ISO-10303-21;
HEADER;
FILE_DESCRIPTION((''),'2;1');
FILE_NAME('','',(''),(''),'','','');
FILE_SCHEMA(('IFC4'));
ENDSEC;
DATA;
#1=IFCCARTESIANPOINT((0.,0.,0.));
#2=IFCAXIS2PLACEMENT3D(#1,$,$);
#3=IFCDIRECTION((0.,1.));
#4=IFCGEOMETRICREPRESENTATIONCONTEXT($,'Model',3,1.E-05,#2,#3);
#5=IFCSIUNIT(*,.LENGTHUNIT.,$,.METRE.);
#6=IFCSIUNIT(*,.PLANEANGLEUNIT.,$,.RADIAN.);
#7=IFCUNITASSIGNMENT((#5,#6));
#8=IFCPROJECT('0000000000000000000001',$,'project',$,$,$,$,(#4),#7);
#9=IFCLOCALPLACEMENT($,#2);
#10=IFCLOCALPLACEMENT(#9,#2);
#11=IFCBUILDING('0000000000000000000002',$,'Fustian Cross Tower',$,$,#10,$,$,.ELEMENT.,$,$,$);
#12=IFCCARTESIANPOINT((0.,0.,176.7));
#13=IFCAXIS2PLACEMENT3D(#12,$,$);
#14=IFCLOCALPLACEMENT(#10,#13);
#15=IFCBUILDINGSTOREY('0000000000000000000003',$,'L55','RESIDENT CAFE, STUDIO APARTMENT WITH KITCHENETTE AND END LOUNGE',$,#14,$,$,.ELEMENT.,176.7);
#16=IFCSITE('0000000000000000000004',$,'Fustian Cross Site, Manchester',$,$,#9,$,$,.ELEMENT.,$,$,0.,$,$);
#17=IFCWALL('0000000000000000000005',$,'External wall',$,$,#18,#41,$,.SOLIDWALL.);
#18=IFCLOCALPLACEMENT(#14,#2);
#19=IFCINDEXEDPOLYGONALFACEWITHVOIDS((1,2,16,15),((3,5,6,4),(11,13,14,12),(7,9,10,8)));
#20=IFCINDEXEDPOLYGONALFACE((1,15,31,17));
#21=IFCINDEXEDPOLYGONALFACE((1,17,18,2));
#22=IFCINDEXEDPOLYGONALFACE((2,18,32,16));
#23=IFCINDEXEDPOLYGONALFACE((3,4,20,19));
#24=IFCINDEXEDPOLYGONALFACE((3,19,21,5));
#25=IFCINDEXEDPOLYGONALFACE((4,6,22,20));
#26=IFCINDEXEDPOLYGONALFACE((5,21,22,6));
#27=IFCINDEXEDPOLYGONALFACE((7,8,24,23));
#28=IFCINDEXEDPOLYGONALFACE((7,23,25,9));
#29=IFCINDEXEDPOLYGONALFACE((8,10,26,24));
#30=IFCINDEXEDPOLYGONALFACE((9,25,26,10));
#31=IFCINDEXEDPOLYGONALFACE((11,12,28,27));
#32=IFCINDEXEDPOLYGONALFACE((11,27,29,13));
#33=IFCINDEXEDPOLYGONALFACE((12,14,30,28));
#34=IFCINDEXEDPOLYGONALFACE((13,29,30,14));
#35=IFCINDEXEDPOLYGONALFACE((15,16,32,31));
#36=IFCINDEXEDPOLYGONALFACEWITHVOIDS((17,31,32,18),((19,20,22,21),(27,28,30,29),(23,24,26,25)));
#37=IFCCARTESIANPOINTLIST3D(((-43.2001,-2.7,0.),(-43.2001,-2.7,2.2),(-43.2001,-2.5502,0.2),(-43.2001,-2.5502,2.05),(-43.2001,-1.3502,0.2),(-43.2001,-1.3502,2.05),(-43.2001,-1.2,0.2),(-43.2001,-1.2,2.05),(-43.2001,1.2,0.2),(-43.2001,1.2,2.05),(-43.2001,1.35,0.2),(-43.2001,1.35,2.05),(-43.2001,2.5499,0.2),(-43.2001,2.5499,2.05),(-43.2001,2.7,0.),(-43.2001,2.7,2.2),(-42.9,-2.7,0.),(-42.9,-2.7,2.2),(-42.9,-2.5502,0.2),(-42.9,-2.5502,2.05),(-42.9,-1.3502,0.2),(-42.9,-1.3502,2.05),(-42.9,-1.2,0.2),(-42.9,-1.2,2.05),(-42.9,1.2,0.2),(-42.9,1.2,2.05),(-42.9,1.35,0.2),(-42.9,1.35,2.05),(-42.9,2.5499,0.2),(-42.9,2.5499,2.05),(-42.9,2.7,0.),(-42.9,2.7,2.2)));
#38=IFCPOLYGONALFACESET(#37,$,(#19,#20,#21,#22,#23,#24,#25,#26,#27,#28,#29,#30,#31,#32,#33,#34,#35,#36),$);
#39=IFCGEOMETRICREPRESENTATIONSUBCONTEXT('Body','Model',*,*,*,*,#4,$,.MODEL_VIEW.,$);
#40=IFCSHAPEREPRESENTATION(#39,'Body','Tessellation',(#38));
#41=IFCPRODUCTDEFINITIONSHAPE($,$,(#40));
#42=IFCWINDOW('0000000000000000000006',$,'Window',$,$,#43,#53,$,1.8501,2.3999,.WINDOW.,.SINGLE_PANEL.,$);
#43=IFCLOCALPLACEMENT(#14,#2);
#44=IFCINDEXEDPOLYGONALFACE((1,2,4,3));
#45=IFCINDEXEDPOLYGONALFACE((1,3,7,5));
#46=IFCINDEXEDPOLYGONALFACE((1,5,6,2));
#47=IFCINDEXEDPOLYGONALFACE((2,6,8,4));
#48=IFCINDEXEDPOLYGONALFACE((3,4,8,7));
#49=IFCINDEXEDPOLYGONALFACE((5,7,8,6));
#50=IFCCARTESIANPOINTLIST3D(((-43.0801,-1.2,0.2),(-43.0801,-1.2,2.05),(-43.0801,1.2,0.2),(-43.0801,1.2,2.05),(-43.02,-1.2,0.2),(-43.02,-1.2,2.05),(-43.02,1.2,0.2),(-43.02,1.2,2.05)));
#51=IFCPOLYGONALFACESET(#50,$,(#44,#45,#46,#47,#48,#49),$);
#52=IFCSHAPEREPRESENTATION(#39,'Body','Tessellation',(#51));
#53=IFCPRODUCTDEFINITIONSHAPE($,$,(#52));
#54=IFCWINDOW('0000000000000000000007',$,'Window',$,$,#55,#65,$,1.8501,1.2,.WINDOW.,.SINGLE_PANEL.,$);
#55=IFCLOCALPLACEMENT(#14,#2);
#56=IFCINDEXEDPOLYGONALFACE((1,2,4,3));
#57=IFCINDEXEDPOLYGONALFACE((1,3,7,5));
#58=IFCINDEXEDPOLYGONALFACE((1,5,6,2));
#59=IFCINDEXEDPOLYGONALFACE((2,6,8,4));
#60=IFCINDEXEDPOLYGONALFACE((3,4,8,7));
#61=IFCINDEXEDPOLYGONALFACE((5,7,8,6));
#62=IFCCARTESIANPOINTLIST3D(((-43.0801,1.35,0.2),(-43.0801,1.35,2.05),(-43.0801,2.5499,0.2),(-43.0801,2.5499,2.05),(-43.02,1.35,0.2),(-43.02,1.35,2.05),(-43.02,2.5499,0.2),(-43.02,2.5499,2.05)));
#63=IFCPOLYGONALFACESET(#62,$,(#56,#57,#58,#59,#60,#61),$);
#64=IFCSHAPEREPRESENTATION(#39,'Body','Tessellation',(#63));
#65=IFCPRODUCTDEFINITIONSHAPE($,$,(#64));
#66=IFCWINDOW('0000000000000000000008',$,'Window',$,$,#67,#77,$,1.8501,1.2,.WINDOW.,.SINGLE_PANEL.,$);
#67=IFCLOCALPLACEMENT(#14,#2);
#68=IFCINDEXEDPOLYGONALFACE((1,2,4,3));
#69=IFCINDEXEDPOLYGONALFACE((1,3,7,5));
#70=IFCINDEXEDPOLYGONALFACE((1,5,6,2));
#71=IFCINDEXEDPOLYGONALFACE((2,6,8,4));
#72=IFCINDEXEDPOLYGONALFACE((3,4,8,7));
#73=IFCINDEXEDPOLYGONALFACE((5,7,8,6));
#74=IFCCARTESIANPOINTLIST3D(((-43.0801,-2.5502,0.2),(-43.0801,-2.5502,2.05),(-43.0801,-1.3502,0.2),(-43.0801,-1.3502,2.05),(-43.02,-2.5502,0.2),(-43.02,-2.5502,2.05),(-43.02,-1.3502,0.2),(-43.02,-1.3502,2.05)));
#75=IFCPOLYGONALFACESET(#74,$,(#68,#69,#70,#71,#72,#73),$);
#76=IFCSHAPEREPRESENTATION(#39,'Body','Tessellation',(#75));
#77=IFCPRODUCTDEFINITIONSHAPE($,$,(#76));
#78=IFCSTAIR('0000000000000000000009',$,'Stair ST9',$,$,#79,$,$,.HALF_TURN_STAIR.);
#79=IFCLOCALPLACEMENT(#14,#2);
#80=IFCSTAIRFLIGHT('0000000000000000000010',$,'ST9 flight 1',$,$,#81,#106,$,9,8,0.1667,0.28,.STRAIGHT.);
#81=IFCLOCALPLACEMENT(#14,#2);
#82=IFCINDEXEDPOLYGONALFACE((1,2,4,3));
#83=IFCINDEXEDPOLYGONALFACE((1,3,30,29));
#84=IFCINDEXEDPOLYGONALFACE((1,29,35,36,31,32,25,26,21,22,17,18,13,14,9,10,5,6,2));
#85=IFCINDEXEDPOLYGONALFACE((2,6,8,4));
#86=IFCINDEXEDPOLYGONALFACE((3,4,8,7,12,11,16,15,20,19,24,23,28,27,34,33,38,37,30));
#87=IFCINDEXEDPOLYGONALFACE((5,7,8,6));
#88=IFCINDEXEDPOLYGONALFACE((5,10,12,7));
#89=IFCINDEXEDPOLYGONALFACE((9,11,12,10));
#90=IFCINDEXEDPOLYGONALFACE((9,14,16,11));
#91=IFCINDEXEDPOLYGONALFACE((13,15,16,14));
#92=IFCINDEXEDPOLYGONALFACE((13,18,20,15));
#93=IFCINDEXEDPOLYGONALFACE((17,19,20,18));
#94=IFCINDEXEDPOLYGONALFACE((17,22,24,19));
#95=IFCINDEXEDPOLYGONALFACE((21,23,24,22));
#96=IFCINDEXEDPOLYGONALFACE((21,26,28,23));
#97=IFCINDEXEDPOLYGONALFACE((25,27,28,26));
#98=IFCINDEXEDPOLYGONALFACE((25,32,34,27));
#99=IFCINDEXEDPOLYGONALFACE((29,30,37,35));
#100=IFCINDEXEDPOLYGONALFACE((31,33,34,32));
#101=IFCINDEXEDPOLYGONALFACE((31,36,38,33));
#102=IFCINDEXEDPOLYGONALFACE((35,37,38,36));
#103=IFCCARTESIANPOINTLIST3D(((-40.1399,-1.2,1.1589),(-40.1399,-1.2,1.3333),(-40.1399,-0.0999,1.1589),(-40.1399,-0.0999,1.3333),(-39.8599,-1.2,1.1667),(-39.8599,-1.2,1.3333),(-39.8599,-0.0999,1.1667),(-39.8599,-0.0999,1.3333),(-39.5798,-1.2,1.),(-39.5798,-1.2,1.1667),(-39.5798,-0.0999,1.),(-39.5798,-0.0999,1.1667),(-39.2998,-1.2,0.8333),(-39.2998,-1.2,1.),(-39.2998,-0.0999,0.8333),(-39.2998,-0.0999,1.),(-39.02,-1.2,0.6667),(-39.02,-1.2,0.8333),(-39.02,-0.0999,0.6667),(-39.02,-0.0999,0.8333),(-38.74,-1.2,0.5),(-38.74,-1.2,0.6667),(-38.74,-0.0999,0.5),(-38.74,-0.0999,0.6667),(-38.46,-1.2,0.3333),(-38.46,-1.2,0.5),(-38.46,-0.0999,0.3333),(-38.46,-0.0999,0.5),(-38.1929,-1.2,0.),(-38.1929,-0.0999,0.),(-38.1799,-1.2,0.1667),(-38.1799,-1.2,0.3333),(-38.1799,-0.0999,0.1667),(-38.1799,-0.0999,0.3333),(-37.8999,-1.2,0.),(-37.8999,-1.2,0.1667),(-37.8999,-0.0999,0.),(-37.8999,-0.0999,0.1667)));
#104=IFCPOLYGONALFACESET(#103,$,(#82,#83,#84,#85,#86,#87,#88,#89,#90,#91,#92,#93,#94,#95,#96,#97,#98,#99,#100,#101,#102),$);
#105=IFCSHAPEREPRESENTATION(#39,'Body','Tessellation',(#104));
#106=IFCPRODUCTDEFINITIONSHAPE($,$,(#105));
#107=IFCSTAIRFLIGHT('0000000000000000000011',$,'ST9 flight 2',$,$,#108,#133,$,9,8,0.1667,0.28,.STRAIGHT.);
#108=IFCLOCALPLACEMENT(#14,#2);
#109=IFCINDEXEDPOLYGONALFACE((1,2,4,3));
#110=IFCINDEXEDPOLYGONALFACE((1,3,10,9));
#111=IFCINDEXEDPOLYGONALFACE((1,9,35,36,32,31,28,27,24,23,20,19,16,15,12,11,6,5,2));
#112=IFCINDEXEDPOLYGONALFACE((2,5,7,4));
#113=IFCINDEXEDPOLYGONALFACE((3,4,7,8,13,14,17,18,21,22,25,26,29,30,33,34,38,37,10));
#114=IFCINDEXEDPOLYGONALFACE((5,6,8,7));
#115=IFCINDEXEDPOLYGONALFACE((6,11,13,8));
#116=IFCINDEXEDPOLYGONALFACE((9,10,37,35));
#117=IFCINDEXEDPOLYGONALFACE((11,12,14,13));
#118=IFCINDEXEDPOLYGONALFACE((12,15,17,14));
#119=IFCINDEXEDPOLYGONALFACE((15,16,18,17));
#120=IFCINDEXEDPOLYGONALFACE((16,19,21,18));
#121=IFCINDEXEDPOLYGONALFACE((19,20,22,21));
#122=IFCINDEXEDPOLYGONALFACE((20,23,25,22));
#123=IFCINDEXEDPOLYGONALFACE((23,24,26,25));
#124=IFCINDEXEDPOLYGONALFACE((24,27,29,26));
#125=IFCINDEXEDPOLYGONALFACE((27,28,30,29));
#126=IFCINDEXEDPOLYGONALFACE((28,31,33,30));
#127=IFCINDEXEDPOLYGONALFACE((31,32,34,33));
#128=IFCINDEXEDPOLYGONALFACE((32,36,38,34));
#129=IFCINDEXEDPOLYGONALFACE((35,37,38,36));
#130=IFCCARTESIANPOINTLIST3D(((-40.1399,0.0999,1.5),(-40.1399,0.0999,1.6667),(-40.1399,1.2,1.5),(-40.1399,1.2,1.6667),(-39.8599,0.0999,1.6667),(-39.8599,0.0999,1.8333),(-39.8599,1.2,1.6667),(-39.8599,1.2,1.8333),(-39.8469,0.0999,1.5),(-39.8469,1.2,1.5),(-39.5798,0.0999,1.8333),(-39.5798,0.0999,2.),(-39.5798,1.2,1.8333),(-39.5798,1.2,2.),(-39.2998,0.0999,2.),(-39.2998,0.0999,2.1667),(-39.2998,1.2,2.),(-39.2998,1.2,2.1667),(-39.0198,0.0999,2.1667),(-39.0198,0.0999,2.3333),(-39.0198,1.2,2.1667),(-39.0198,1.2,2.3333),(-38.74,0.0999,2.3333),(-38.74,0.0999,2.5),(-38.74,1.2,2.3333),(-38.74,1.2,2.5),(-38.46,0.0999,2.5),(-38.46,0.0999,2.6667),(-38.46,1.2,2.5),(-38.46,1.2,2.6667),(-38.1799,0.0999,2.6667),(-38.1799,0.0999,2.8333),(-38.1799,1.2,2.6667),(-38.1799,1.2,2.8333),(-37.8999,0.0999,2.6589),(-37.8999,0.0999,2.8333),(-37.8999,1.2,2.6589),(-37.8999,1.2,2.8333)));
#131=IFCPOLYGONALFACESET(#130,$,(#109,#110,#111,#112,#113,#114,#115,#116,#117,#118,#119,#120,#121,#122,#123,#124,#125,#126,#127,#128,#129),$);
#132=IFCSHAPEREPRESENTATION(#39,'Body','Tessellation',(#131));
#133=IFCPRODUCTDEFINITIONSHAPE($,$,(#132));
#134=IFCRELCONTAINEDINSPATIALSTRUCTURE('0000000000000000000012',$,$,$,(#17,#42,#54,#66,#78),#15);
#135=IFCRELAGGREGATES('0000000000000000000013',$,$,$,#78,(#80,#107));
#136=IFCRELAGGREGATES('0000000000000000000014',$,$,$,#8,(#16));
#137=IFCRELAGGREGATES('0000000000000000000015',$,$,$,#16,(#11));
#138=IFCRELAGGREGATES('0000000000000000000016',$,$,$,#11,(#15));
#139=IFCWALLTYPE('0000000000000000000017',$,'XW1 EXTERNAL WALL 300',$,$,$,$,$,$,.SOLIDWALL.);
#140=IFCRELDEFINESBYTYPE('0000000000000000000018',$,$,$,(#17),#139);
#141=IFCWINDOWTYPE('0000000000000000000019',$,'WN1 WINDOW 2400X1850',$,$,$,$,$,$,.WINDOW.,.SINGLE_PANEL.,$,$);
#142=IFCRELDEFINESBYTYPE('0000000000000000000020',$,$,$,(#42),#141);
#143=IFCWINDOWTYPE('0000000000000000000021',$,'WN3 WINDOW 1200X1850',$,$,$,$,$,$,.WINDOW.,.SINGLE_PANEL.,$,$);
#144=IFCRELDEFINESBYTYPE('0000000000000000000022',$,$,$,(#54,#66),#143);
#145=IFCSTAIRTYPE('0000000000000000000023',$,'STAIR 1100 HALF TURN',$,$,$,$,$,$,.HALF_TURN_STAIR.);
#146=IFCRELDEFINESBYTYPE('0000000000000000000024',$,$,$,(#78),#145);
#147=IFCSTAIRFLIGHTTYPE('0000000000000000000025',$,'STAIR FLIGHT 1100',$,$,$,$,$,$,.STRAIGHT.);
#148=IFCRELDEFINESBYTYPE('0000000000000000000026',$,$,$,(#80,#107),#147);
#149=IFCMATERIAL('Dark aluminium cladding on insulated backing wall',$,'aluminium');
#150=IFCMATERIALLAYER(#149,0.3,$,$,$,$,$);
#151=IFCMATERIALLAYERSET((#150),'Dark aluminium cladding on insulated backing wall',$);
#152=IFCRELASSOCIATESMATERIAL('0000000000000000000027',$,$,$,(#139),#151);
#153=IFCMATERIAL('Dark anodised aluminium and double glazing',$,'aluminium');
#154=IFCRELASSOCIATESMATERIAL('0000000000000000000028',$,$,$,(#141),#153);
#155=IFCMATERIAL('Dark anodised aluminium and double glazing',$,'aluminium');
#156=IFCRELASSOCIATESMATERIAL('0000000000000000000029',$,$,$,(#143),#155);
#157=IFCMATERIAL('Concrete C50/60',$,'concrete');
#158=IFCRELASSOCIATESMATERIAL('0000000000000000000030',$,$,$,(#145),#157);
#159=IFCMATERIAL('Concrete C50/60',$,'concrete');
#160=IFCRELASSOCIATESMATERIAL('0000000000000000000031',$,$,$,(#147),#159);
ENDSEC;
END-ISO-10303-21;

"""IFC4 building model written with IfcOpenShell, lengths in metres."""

from ifc_helpers import new_model, si_unit, direction, frame, frame_2d, origin, place, context, subcontext, project, spatial, polyline, rectangle, outline, extrude, material, layer, layer_set, type_object, element, fill, aggregate, save


model = new_model("IFC4")

# Units and contexts
model_context = context("Model", 3, precision=1e-05, world=origin(), true_north=direction((0.0, 1.0)))
body_context = subcontext(model_context, "Body", "Model", "MODEL_VIEW")
ifc_project = project(units=[si_unit("LENGTHUNIT", "METRE"), si_unit("PLANEANGLEUNIT", "RADIAN")], contexts=[model_context])

# Site, building, storey
site_placement = place(None, origin())
site = spatial("IfcSite", under=ifc_project, at=site_placement, Name="Fustian Cross Site, Manchester", CompositionType="ELEMENT", RefElevation=0.0)
building_placement = place(site_placement, origin())
building = spatial("IfcBuilding", under=site, at=building_placement, Name="Fustian Cross Tower", CompositionType="ELEMENT")
storey_placement = place(building_placement, frame((0.0, 0.0, 176.7)))
storey = spatial("IfcBuildingStorey", under=building, at=storey_placement, Name="L55", Description="RESIDENT CAFE, STUDIO APARTMENT WITH KITCHENETTE AND END LOUNGE", CompositionType="ELEMENT", Elevation=176.7)

# Wall, openings, windows
ifc_material_1 = material(Name="Dark aluminium cladding on insulated backing wall", Category="aluminium")
ifc_layer_1 = layer(ifc_material_1, 0.3)
ifc_layer_set_1 = layer_set([ifc_layer_1], Name="Dark aluminium cladding on insulated backing wall")
wall_type_1 = type_object("IfcWallType", Name="XW1 EXTERNAL WALL 300", PredefinedType="SOLIDWALL", material=ifc_layer_set_1)
wall_1_placement = place(storey_placement, frame((-43.05, 2.7, 0.0), z_axis=(0.0, 0.0, 1.0), x_axis=(0.0, -1.0, 0.0)))
wall_1 = element("IfcWall", 1, at=wall_1_placement, inside=storey, type_object=wall_type_1, Name="External wall", PredefinedType="SOLIDWALL", context=body_context, shape_type="SweptSolid", body=[
    extrude(rectangle(XDim=5.3999, YDim=0.3, at=frame_2d((2.7, 0.0))), origin(), (0.0, 0.0, 1.0), 2.2),
])
opening_1_placement = place(wall_1_placement, frame((1.5, 0.0, 0.2)))
opening_1 = element("IfcOpeningElement", 2, at=opening_1_placement, cuts=wall_1, PredefinedType="OPENING", context=body_context, shape_type="SweptSolid", body=[
    extrude(rectangle(XDim=2.3999, YDim=1.8501, at=frame_2d((1.2, 0.925))), frame((0.0, 0.1599, 0.0), z_axis=(0.0, -1.0, 0.0), x_axis=(1.0, 0.0, 0.0)), (0.0, 0.0, 1.0), 0.3201),
])
opening_2_placement = place(wall_1_placement, frame((0.1499, 0.0, 0.2)))
opening_2 = element("IfcOpeningElement", 3, at=opening_2_placement, cuts=wall_1, PredefinedType="OPENING", context=body_context, shape_type="SweptSolid", body=[
    extrude(rectangle(XDim=1.2, YDim=1.8501, at=frame_2d((0.6001, 0.925))), frame((0.0, 0.1599, 0.0), z_axis=(0.0, -1.0, 0.0), x_axis=(1.0, 0.0, 0.0)), (0.0, 0.0, 1.0), 0.3201),
])
opening_3_placement = place(wall_1_placement, frame((4.05, 0.0, 0.2)))
opening_3 = element("IfcOpeningElement", 4, at=opening_3_placement, cuts=wall_1, PredefinedType="OPENING", context=body_context, shape_type="SweptSolid", body=[
    extrude(rectangle(XDim=1.2, YDim=1.8501, at=frame_2d((0.6001, 0.925))), frame((0.0, 0.1599, 0.0), z_axis=(0.0, -1.0, 0.0), x_axis=(1.0, 0.0, 0.0)), (0.0, 0.0, 1.0), 0.3201),
])
ifc_material_2 = material(Name="Dark anodised aluminium and double glazing", Category="aluminium")
window_type_1 = type_object("IfcWindowType", Name="WN1 WINDOW 2400X1850", PartitioningType="SINGLE_PANEL", PredefinedType="WINDOW", material=ifc_material_2)
window_1_placement = place(opening_1_placement, origin())
window_1 = element("IfcWindow", 5, at=window_1_placement, inside=storey, type_object=window_type_1, Name="Window", OverallHeight=1.8501, OverallWidth=2.3999, PartitioningType="SINGLE_PANEL", PredefinedType="WINDOW", context=body_context, shape_type="SweptSolid", body=[
    extrude(rectangle(XDim=2.3999, YDim=1.8501, at=frame_2d((1.2, 0.925))), frame((0.0, 0.03, 0.0), z_axis=(0.0, -1.0, 0.0), x_axis=(1.0, 0.0, 0.0)), (0.0, 0.0, 1.0), 0.0601),
])
fill(opening_1, window_1)
ifc_material_3 = material(Name="Dark anodised aluminium and double glazing", Category="aluminium")
window_type_2 = type_object("IfcWindowType", Name="WN3 WINDOW 1200X1850", PartitioningType="SINGLE_PANEL", PredefinedType="WINDOW", material=ifc_material_3)
window_2_placement = place(opening_2_placement, origin())
window_2 = element("IfcWindow", 6, at=window_2_placement, inside=storey, type_object=window_type_2, Name="Window", OverallHeight=1.8501, OverallWidth=1.2, PartitioningType="SINGLE_PANEL", PredefinedType="WINDOW", context=body_context, shape_type="SweptSolid", body=[
    extrude(rectangle(XDim=1.2, YDim=1.8501, at=frame_2d((0.6001, 0.925))), frame((0.0, 0.03, 0.0), z_axis=(0.0, -1.0, 0.0), x_axis=(1.0, 0.0, 0.0)), (0.0, 0.0, 1.0), 0.0601),
])
fill(opening_2, window_2)
window_3_placement = place(opening_3_placement, origin())
window_3 = element("IfcWindow", 7, at=window_3_placement, inside=storey, type_object=window_type_2, Name="Window", OverallHeight=1.8501, OverallWidth=1.2, PartitioningType="SINGLE_PANEL", PredefinedType="WINDOW", context=body_context, shape_type="SweptSolid", body=[
    extrude(rectangle(XDim=1.2, YDim=1.8501, at=frame_2d((0.6001, 0.925))), frame((0.0, 0.03, 0.0), z_axis=(0.0, -1.0, 0.0), x_axis=(1.0, 0.0, 0.0)), (0.0, 0.0, 1.0), 0.0601),
])
fill(opening_3, window_3)

# Stair, stair flights
ifc_material_4 = material(Name="Concrete C50/60", Category="concrete")
stair_type = type_object("IfcStairType", Name="STAIR 1100 HALF TURN", PredefinedType="HALF_TURN_STAIR", material=ifc_material_4)
stair_placement = place(storey_placement, origin())
stair = element("IfcStair", 8, at=stair_placement, inside=storey, type_object=stair_type, Name="Stair ST9", PredefinedType="HALF_TURN_STAIR")
ifc_material_5 = material(Name="Concrete C50/60", Category="concrete")
stair_flight_type = type_object("IfcStairFlightType", Name="STAIR FLIGHT 1100", PredefinedType="STRAIGHT", material=ifc_material_5)
stair_flight_1_placement = place(storey_placement, frame((-37.8999, -0.6499, 0.0), z_axis=(0.0, 0.0, 1.0), x_axis=(-1.0, 0.0, 0.0)))
stair_flight_1 = element("IfcStairFlight", 9, at=stair_flight_1_placement, type_object=stair_flight_type, Name="ST9 flight 1", NumberOfRisers=9, NumberOfTreads=8, PredefinedType="STRAIGHT", RiserHeight=0.1667, TreadLength=0.28, context=body_context, shape_type="SweptSolid", body=[
    extrude(outline(polyline([(0.0, 0.0), (0.0, 0.1667), (0.28, 0.1667), (0.28, 0.3333), (0.5601, 0.3333), (0.5601, 0.5), (0.8401, 0.5), (0.8401, 0.6667), (1.1201, 0.6667), (1.1201, 0.8333), (1.3999, 0.8333), (1.3999, 1.0), (1.6799, 1.0), (1.6799, 1.1667), (1.96, 1.1667), (1.96, 1.3333), (2.24, 1.3333), (2.24, 1.5), (2.24, 1.1589), (0.293, 0.0), (0.0, 0.0)])), frame((0.0, 0.55, 0.0), z_axis=(0.0, -1.0, 0.0), x_axis=(1.0, 0.0, 0.0)), (0.0, 0.0, 1.0), 1.1001),
])
stair_flight_2_placement = place(storey_placement, frame((-40.1399, 0.6499, 1.5), z_axis=(0.0, 0.0, 1.0), x_axis=(1.0, 0.0, 0.0)))
stair_flight_2 = element("IfcStairFlight", 10, at=stair_flight_2_placement, type_object=stair_flight_type, Name="ST9 flight 2", NumberOfRisers=9, NumberOfTreads=8, PredefinedType="STRAIGHT", RiserHeight=0.1667, TreadLength=0.28, context=body_context, shape_type="SweptSolid", body=[
    extrude(outline(polyline([(0.0, 0.0), (0.0, 0.1667), (0.28, 0.1667), (0.28, 0.3333), (0.5601, 0.3333), (0.5601, 0.5), (0.8401, 0.5), (0.8401, 0.6667), (1.1201, 0.6667), (1.1201, 0.8333), (1.3999, 0.8333), (1.3999, 1.0), (1.6799, 1.0), (1.6799, 1.1667), (1.96, 1.1667), (1.96, 1.3333), (2.24, 1.3333), (2.24, 1.5), (2.24, 1.1589), (0.293, 0.0), (0.0, 0.0)])), frame((0.0, 0.55, 0.0), z_axis=(0.0, -1.0, 0.0), x_axis=(1.0, 0.0, 0.0)), (0.0, 0.0, 1.0), 1.1001),
])
aggregate(stair, [stair_flight_1, stair_flight_2])

save(model, "model.ifc")
